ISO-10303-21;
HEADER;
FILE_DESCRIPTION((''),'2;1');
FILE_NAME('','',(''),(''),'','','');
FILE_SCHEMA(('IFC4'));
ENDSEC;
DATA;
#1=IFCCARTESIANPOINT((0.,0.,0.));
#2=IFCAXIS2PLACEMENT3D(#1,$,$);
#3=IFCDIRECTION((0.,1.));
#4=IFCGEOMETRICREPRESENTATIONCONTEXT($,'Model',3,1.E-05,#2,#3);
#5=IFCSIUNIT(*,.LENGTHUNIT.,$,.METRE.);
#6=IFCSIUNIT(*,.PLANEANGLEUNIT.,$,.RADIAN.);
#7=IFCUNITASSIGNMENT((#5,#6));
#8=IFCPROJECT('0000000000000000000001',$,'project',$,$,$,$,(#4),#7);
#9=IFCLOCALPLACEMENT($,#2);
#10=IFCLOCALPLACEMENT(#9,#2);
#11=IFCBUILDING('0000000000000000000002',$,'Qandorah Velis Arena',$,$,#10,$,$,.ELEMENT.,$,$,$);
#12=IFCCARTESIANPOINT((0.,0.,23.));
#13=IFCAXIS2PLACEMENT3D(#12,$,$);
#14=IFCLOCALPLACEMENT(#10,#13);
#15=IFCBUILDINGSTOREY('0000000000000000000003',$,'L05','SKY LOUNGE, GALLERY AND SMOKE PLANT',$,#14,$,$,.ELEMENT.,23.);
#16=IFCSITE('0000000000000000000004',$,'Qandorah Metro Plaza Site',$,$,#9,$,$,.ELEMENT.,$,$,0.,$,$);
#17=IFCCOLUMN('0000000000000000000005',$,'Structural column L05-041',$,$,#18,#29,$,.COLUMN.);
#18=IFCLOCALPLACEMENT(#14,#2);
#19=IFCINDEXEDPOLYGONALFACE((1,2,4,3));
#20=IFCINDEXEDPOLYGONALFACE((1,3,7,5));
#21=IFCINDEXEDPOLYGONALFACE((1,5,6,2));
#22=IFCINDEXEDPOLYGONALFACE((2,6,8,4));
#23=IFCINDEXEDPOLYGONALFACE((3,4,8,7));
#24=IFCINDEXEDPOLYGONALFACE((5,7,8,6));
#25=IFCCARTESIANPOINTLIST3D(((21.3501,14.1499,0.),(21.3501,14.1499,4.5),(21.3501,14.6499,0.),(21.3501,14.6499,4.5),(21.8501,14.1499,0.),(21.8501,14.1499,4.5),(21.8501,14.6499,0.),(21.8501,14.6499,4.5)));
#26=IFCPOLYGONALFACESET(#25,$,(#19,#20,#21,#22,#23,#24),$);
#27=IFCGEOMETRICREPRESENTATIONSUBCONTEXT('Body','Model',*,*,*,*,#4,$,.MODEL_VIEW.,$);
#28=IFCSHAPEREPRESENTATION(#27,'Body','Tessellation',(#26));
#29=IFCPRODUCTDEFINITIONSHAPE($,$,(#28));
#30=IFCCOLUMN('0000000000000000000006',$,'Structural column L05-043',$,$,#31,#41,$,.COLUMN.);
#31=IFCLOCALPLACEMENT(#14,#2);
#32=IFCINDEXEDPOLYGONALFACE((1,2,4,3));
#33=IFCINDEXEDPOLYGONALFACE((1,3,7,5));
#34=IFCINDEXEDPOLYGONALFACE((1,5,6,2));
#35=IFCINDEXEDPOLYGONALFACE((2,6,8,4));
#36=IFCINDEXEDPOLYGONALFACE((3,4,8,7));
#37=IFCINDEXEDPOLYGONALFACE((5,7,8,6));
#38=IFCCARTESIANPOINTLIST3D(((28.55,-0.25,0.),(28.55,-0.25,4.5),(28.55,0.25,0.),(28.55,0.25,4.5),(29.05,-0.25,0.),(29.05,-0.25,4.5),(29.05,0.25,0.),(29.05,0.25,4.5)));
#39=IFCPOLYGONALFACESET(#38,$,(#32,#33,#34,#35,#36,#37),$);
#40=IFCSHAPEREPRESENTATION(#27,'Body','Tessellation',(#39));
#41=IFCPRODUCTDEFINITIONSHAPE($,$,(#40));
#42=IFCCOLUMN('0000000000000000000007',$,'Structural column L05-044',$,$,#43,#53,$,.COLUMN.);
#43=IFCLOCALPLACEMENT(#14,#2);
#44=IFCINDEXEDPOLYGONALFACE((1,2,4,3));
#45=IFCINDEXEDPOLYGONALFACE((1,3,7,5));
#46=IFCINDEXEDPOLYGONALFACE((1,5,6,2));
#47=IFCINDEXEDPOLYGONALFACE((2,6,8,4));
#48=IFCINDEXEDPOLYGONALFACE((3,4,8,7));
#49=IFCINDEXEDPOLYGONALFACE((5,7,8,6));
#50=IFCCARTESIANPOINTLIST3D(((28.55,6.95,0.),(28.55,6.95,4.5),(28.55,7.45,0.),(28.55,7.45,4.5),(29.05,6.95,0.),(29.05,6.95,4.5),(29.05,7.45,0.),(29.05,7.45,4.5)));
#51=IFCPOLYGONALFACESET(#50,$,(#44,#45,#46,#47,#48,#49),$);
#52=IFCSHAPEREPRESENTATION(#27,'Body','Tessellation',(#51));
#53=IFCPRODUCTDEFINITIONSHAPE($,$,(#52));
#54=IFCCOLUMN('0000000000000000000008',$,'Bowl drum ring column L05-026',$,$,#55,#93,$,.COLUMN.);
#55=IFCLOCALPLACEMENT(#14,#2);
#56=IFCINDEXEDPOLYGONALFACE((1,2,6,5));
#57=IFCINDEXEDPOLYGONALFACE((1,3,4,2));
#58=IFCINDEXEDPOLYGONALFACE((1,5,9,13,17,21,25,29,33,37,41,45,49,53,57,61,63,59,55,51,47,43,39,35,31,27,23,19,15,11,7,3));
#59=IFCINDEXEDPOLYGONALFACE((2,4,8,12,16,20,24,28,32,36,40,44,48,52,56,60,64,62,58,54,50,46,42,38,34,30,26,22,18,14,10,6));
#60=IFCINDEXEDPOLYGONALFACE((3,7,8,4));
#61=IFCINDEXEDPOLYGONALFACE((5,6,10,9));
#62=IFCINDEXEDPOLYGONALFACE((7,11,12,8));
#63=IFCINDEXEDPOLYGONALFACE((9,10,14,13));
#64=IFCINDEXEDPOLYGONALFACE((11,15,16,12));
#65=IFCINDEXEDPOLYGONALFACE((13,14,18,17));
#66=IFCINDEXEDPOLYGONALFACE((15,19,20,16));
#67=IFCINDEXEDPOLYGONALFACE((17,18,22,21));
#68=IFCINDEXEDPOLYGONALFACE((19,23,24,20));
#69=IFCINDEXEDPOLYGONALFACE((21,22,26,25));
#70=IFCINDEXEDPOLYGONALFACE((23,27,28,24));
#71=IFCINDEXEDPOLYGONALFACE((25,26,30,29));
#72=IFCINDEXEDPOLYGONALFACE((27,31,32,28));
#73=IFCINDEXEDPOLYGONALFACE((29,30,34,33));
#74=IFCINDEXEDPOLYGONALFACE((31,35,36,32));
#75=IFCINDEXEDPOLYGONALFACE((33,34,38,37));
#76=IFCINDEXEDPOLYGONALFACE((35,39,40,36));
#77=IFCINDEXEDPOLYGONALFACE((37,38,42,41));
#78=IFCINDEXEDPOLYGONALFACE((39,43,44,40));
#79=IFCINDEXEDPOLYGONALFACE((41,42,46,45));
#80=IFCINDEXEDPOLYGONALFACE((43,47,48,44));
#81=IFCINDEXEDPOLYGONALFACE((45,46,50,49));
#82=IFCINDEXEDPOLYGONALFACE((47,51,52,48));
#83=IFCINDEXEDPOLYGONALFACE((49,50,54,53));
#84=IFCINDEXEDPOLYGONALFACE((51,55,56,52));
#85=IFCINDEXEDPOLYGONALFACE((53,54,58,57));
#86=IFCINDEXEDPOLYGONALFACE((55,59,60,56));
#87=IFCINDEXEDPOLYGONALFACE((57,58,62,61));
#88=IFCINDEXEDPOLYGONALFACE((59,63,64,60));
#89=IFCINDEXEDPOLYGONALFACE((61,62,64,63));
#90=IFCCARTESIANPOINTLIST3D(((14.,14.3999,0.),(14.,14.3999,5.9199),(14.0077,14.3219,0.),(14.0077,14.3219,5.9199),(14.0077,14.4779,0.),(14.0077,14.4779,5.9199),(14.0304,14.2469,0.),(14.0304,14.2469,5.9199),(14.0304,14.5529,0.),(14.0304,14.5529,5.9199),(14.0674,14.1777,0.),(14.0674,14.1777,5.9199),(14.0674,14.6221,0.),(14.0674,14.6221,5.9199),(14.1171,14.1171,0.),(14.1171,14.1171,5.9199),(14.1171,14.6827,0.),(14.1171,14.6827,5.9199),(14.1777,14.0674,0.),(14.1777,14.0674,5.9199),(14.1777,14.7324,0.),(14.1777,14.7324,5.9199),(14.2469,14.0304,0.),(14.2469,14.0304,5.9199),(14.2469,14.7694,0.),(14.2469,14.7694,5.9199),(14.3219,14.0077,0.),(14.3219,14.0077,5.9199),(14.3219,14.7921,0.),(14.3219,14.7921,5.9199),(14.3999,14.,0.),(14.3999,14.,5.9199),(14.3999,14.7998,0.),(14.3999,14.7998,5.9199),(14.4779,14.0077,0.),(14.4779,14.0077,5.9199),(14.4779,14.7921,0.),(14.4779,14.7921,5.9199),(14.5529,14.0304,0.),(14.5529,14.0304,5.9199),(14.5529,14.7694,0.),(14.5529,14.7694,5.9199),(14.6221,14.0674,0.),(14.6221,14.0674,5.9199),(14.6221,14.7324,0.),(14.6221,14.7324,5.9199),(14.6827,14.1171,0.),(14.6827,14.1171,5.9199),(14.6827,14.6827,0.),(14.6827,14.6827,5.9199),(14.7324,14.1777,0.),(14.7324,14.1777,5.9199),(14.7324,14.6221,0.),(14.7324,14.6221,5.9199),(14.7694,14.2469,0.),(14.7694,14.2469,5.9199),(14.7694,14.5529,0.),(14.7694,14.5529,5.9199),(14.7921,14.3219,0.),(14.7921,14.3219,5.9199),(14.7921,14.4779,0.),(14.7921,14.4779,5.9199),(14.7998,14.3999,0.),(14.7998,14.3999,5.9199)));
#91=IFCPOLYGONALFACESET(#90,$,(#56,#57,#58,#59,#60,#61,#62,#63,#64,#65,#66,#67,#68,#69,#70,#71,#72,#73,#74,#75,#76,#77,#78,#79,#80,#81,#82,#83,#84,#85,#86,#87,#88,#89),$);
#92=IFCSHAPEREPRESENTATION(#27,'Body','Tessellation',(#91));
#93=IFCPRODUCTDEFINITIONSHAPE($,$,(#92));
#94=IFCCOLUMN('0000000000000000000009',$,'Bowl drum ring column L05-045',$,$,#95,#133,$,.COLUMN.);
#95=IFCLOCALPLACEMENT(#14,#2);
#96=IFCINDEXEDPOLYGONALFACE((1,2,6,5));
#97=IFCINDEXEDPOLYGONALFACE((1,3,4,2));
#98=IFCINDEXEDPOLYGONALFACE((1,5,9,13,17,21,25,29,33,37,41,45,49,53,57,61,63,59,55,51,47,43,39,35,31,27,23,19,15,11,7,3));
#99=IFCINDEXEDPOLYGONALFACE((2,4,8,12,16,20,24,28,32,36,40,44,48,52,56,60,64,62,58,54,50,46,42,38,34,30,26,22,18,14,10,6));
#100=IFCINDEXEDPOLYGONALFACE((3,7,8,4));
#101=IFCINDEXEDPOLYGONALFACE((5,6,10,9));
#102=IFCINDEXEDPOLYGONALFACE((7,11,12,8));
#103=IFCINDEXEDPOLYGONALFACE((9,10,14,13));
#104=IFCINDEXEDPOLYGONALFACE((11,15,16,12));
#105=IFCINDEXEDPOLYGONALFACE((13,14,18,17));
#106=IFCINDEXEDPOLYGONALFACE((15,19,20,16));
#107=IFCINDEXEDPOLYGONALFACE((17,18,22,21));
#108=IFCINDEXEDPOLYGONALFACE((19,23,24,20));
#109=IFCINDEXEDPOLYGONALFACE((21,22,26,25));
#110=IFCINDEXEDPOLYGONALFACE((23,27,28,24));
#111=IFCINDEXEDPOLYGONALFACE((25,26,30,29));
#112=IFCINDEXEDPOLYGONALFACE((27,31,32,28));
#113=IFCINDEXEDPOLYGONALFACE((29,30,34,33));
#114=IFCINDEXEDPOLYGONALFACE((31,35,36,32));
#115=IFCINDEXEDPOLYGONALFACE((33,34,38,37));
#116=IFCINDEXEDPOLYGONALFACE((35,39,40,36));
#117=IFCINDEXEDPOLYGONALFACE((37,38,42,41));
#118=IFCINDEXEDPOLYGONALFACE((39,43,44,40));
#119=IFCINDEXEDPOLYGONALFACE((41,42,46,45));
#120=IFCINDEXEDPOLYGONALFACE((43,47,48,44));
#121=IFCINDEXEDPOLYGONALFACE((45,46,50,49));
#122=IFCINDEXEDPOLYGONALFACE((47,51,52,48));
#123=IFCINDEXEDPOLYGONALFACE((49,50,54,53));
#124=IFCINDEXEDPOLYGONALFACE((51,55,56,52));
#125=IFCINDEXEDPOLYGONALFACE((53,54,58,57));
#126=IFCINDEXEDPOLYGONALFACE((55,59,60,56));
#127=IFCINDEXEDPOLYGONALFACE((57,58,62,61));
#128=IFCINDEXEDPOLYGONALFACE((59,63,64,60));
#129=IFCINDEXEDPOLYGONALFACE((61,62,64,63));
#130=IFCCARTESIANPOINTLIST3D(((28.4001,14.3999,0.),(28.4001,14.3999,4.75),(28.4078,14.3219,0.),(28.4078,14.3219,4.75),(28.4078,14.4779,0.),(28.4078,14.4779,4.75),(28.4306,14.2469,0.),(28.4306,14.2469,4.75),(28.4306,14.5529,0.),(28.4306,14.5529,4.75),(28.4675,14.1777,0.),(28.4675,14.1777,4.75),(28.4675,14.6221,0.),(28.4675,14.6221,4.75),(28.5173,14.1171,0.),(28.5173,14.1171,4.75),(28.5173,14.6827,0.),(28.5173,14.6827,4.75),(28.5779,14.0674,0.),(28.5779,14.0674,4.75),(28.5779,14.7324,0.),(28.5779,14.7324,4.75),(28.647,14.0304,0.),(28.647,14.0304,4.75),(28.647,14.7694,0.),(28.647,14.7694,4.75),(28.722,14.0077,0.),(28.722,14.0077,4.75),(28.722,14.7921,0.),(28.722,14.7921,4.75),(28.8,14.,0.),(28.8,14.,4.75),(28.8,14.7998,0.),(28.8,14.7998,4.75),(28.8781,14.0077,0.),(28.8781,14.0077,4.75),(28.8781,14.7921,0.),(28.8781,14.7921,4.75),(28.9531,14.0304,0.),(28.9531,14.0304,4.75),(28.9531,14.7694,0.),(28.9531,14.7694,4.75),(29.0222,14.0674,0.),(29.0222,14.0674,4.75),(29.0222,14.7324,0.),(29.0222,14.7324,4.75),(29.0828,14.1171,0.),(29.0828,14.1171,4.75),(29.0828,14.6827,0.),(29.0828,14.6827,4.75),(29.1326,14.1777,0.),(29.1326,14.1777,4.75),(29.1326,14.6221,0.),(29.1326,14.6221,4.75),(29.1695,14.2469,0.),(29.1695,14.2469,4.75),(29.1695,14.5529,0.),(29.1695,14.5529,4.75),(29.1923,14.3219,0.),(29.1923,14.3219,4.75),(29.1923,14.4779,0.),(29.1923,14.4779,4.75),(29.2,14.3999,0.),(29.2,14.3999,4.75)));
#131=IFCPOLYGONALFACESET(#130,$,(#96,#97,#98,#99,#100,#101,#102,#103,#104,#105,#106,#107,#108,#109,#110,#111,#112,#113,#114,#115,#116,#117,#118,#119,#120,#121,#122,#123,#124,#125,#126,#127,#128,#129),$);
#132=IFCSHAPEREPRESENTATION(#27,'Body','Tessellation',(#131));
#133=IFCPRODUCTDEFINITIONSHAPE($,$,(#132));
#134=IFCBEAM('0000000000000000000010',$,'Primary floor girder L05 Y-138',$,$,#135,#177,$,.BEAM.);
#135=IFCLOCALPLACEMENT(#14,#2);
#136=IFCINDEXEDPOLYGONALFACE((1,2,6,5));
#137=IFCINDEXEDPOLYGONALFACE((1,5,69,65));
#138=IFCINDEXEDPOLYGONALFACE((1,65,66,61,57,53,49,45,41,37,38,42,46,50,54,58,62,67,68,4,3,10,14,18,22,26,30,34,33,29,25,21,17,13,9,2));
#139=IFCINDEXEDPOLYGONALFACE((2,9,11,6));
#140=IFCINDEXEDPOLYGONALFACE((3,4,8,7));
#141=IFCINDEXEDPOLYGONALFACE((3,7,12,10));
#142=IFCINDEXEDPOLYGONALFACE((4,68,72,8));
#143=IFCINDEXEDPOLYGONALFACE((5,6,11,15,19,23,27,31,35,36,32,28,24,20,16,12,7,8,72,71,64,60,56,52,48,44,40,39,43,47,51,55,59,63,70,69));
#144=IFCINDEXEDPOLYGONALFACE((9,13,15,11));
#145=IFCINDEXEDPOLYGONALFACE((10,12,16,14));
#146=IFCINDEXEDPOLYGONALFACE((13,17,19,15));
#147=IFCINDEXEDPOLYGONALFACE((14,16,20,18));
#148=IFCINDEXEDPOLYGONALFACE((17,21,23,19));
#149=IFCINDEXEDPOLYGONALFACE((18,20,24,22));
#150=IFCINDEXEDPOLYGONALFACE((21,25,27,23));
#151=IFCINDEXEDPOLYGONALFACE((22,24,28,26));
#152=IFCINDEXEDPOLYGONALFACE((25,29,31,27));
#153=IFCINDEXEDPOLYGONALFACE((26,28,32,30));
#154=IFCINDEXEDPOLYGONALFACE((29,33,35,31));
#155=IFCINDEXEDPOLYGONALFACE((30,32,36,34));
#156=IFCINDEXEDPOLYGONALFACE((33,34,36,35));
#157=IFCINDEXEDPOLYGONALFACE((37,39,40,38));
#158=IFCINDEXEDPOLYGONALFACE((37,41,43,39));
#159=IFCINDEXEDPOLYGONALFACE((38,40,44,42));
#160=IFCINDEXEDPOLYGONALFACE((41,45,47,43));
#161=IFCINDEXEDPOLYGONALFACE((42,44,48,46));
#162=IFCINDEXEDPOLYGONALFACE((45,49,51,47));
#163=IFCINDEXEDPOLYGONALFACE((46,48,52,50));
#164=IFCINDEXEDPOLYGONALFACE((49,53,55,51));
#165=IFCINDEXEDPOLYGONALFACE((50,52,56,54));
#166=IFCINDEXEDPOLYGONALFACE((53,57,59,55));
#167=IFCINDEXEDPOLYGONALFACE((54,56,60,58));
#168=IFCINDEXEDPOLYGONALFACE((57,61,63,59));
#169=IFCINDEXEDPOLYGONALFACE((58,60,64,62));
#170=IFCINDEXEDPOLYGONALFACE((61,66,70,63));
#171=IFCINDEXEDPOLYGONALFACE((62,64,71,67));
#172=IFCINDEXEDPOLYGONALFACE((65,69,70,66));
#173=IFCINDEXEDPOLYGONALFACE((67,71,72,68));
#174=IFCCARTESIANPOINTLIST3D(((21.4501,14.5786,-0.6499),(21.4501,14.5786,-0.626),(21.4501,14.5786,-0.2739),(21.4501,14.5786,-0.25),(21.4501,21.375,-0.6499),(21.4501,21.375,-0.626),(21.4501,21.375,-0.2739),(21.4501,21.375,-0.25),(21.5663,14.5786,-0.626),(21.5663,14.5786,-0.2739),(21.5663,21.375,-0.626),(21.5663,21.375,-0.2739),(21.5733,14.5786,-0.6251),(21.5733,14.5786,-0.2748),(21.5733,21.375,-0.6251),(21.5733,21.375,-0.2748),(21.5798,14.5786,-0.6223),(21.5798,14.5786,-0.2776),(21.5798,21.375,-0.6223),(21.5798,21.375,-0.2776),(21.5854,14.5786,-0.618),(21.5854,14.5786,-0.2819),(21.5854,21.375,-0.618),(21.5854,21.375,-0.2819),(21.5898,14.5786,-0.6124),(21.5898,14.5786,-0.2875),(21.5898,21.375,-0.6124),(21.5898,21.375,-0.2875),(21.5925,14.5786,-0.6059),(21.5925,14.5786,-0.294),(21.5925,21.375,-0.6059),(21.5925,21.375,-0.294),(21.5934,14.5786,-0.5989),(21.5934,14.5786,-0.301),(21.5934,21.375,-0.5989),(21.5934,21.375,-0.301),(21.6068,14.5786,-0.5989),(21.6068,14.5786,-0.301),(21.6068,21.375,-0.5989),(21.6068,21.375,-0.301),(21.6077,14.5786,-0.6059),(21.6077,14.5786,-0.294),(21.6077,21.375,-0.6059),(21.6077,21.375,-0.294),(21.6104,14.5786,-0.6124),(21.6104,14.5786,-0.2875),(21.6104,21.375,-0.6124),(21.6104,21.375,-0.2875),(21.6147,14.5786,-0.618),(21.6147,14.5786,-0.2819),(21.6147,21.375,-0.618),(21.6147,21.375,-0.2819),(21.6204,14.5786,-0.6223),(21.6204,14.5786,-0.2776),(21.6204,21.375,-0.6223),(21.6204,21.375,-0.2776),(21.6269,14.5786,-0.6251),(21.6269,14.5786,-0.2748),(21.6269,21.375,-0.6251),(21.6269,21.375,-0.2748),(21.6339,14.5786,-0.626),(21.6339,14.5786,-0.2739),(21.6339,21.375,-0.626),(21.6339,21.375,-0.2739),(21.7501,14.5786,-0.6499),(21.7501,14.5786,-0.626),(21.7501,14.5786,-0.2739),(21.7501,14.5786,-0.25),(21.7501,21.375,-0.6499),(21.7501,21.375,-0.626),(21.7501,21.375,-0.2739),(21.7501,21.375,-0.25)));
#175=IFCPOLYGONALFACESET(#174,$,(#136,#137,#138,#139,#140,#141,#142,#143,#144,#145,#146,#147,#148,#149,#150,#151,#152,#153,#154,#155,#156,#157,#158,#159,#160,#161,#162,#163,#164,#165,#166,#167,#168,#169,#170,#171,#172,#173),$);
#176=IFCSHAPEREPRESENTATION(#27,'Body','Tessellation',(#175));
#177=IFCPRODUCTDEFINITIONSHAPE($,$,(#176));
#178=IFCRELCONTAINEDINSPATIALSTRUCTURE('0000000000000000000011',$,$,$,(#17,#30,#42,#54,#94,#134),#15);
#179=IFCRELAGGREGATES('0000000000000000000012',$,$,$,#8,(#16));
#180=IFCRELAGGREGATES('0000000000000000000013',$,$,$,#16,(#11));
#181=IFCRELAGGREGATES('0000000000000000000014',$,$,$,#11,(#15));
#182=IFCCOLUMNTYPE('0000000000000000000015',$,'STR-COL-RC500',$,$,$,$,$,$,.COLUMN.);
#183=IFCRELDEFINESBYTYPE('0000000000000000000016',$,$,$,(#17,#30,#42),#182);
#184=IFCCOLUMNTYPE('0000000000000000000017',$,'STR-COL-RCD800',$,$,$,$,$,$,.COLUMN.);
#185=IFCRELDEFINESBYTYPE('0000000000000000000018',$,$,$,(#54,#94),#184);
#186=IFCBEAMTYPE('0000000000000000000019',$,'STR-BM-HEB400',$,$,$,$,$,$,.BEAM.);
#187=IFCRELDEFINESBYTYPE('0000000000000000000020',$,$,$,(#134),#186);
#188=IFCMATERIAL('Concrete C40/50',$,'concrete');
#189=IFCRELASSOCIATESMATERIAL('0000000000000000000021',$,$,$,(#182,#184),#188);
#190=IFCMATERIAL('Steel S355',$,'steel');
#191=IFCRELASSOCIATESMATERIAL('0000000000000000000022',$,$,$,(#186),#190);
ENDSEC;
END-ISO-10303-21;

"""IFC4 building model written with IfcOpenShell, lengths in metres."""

from ifc_helpers import new_model, si_unit, direction, frame, origin, origin_2d, place, context, subcontext, project, spatial, rectangle, circle, i_section, extrude, material, material_profile, profile_set, type_object, element, save


model = new_model("IFC4")

# Units and contexts
model_context = context("Model", 3, precision=1e-05, world=origin(), true_north=direction((0.0, 1.0)))
body_context = subcontext(model_context, "Body", "Model", "MODEL_VIEW")
ifc_project = project(units=[si_unit("LENGTHUNIT", "METRE"), si_unit("PLANEANGLEUNIT", "RADIAN")], contexts=[model_context])

# Site, building, storey
site_placement = place(None, origin())
site = spatial("IfcSite", under=ifc_project, at=site_placement, Name="Qandorah Metro Plaza Site", CompositionType="ELEMENT", RefElevation=0.0)
building_placement = place(site_placement, origin())
building = spatial("IfcBuilding", under=site, at=building_placement, Name="Qandorah Velis Arena", CompositionType="ELEMENT")
storey_placement = place(building_placement, frame((0.0, 0.0, 23.0)))
storey = spatial("IfcBuildingStorey", under=building, at=storey_placement, Name="L05", Description="SKY LOUNGE, GALLERY AND SMOKE PLANT", CompositionType="ELEMENT", Elevation=23.0)

# Columns
ifc_material_1 = material(Name="Concrete C40/50", Category="concrete")
ifc_material_profile_1 = material_profile(ifc_material_1, rectangle(XDim=0.5, YDim=0.5, at=origin_2d()), Name="RC COL 500x500")
ifc_profile_set_1 = profile_set([ifc_material_profile_1], Name="Concrete C40/50")
column_type_1 = type_object("IfcColumnType", Name="STR-COL-RC500", PredefinedType="COLUMN", material=ifc_profile_set_1)
for number, where, z_axis, x_axis, name in (
    (1, (21.6001, 14.3999, 0.0), (0.0, 0.0, 1.0), (1.0, 0.0, 0.0), "Structural column L05-041"),
    (2, (28.8, 0.0, 0.0), (0.0, 0.0, 1.0), (1.0, 0.0, 0.0), "Structural column L05-043"),
    (3, (28.8, 7.2, 0.0), (0.0, 0.0, 1.0), (1.0, 0.0, 0.0), "Structural column L05-044"),
):
    element("IfcColumn", number, at=place(storey_placement, frame(where, z_axis=z_axis, x_axis=x_axis)), inside=storey, type_object=column_type_1, Name=name, PredefinedType="COLUMN", context=body_context, shape_type="SweptSolid", body=[
        extrude(rectangle(XDim=0.5, YDim=0.5, at=origin_2d()), origin(), (0.0, 0.0, 1.0), 4.5),
    ])
ifc_material_profile_2 = material_profile(ifc_material_1, circle(Radius=0.3999, at=origin_2d()), Name="RC D800")
ifc_profile_set_2 = profile_set([ifc_material_profile_2], Name="Concrete C40/50")
column_type_2 = type_object("IfcColumnType", Name="STR-COL-RCD800", PredefinedType="COLUMN", material=ifc_profile_set_2)
column_1_placement = place(storey_placement, frame((14.3999, 14.3999, 0.0), z_axis=(0.0, 0.0, 1.0), x_axis=(1.0, 0.0, 0.0)))
element("IfcColumn", 4, at=column_1_placement, inside=storey, type_object=column_type_2, Name="Bowl drum ring column L05-026", PredefinedType="COLUMN", context=body_context, shape_type="SweptSolid", body=[
    extrude(circle(Radius=0.3999, at=origin_2d()), origin(), (0.0, 0.0, 1.0), 5.9199),
])
column_2_placement = place(storey_placement, frame((28.8, 14.3999, 0.0), z_axis=(0.0, 0.0, 1.0), x_axis=(1.0, 0.0, 0.0)))
element("IfcColumn", 5, at=column_2_placement, inside=storey, type_object=column_type_2, Name="Bowl drum ring column L05-045", PredefinedType="COLUMN", context=body_context, shape_type="SweptSolid", body=[
    extrude(circle(Radius=0.3999, at=origin_2d()), origin(), (0.0, 0.0, 1.0), 4.75),
])

# Beam
ifc_material_2 = material(Name="Steel S355", Category="steel")
ifc_material_profile_3 = material_profile(ifc_material_2, i_section(OverallWidth=0.3, OverallDepth=0.3999, WebThickness=0.0134, FlangeThickness=0.0239, FilletRadius=0.0271, at=origin_2d()), Name="HEB 400")
ifc_profile_set_3 = profile_set([ifc_material_profile_3], Name="Steel S355")
beam_type_1 = type_object("IfcBeamType", Name="STR-BM-HEB400", PredefinedType="BEAM", material=ifc_profile_set_3)
for number, where, z_axis, x_axis, name in (
    (6, (21.6001, 14.5786, -0.45), (0.0, 1.0, 0.0), (-1.0, 0.0, 0.0), "Primary floor girder L05 Y-138"),
):
    element("IfcBeam", number, at=place(storey_placement, frame(where, z_axis=z_axis, x_axis=x_axis)), inside=storey, type_object=beam_type_1, Name=name, PredefinedType="BEAM", context=body_context, shape_type="SweptSolid", body=[
        extrude(i_section(OverallWidth=0.3, OverallDepth=0.3999, WebThickness=0.0134, FlangeThickness=0.0239, FilletRadius=0.0271, at=origin_2d()), origin(), (0.0, 0.0, 1.0), 6.7964),
    ])

save(model, "model.ifc")
